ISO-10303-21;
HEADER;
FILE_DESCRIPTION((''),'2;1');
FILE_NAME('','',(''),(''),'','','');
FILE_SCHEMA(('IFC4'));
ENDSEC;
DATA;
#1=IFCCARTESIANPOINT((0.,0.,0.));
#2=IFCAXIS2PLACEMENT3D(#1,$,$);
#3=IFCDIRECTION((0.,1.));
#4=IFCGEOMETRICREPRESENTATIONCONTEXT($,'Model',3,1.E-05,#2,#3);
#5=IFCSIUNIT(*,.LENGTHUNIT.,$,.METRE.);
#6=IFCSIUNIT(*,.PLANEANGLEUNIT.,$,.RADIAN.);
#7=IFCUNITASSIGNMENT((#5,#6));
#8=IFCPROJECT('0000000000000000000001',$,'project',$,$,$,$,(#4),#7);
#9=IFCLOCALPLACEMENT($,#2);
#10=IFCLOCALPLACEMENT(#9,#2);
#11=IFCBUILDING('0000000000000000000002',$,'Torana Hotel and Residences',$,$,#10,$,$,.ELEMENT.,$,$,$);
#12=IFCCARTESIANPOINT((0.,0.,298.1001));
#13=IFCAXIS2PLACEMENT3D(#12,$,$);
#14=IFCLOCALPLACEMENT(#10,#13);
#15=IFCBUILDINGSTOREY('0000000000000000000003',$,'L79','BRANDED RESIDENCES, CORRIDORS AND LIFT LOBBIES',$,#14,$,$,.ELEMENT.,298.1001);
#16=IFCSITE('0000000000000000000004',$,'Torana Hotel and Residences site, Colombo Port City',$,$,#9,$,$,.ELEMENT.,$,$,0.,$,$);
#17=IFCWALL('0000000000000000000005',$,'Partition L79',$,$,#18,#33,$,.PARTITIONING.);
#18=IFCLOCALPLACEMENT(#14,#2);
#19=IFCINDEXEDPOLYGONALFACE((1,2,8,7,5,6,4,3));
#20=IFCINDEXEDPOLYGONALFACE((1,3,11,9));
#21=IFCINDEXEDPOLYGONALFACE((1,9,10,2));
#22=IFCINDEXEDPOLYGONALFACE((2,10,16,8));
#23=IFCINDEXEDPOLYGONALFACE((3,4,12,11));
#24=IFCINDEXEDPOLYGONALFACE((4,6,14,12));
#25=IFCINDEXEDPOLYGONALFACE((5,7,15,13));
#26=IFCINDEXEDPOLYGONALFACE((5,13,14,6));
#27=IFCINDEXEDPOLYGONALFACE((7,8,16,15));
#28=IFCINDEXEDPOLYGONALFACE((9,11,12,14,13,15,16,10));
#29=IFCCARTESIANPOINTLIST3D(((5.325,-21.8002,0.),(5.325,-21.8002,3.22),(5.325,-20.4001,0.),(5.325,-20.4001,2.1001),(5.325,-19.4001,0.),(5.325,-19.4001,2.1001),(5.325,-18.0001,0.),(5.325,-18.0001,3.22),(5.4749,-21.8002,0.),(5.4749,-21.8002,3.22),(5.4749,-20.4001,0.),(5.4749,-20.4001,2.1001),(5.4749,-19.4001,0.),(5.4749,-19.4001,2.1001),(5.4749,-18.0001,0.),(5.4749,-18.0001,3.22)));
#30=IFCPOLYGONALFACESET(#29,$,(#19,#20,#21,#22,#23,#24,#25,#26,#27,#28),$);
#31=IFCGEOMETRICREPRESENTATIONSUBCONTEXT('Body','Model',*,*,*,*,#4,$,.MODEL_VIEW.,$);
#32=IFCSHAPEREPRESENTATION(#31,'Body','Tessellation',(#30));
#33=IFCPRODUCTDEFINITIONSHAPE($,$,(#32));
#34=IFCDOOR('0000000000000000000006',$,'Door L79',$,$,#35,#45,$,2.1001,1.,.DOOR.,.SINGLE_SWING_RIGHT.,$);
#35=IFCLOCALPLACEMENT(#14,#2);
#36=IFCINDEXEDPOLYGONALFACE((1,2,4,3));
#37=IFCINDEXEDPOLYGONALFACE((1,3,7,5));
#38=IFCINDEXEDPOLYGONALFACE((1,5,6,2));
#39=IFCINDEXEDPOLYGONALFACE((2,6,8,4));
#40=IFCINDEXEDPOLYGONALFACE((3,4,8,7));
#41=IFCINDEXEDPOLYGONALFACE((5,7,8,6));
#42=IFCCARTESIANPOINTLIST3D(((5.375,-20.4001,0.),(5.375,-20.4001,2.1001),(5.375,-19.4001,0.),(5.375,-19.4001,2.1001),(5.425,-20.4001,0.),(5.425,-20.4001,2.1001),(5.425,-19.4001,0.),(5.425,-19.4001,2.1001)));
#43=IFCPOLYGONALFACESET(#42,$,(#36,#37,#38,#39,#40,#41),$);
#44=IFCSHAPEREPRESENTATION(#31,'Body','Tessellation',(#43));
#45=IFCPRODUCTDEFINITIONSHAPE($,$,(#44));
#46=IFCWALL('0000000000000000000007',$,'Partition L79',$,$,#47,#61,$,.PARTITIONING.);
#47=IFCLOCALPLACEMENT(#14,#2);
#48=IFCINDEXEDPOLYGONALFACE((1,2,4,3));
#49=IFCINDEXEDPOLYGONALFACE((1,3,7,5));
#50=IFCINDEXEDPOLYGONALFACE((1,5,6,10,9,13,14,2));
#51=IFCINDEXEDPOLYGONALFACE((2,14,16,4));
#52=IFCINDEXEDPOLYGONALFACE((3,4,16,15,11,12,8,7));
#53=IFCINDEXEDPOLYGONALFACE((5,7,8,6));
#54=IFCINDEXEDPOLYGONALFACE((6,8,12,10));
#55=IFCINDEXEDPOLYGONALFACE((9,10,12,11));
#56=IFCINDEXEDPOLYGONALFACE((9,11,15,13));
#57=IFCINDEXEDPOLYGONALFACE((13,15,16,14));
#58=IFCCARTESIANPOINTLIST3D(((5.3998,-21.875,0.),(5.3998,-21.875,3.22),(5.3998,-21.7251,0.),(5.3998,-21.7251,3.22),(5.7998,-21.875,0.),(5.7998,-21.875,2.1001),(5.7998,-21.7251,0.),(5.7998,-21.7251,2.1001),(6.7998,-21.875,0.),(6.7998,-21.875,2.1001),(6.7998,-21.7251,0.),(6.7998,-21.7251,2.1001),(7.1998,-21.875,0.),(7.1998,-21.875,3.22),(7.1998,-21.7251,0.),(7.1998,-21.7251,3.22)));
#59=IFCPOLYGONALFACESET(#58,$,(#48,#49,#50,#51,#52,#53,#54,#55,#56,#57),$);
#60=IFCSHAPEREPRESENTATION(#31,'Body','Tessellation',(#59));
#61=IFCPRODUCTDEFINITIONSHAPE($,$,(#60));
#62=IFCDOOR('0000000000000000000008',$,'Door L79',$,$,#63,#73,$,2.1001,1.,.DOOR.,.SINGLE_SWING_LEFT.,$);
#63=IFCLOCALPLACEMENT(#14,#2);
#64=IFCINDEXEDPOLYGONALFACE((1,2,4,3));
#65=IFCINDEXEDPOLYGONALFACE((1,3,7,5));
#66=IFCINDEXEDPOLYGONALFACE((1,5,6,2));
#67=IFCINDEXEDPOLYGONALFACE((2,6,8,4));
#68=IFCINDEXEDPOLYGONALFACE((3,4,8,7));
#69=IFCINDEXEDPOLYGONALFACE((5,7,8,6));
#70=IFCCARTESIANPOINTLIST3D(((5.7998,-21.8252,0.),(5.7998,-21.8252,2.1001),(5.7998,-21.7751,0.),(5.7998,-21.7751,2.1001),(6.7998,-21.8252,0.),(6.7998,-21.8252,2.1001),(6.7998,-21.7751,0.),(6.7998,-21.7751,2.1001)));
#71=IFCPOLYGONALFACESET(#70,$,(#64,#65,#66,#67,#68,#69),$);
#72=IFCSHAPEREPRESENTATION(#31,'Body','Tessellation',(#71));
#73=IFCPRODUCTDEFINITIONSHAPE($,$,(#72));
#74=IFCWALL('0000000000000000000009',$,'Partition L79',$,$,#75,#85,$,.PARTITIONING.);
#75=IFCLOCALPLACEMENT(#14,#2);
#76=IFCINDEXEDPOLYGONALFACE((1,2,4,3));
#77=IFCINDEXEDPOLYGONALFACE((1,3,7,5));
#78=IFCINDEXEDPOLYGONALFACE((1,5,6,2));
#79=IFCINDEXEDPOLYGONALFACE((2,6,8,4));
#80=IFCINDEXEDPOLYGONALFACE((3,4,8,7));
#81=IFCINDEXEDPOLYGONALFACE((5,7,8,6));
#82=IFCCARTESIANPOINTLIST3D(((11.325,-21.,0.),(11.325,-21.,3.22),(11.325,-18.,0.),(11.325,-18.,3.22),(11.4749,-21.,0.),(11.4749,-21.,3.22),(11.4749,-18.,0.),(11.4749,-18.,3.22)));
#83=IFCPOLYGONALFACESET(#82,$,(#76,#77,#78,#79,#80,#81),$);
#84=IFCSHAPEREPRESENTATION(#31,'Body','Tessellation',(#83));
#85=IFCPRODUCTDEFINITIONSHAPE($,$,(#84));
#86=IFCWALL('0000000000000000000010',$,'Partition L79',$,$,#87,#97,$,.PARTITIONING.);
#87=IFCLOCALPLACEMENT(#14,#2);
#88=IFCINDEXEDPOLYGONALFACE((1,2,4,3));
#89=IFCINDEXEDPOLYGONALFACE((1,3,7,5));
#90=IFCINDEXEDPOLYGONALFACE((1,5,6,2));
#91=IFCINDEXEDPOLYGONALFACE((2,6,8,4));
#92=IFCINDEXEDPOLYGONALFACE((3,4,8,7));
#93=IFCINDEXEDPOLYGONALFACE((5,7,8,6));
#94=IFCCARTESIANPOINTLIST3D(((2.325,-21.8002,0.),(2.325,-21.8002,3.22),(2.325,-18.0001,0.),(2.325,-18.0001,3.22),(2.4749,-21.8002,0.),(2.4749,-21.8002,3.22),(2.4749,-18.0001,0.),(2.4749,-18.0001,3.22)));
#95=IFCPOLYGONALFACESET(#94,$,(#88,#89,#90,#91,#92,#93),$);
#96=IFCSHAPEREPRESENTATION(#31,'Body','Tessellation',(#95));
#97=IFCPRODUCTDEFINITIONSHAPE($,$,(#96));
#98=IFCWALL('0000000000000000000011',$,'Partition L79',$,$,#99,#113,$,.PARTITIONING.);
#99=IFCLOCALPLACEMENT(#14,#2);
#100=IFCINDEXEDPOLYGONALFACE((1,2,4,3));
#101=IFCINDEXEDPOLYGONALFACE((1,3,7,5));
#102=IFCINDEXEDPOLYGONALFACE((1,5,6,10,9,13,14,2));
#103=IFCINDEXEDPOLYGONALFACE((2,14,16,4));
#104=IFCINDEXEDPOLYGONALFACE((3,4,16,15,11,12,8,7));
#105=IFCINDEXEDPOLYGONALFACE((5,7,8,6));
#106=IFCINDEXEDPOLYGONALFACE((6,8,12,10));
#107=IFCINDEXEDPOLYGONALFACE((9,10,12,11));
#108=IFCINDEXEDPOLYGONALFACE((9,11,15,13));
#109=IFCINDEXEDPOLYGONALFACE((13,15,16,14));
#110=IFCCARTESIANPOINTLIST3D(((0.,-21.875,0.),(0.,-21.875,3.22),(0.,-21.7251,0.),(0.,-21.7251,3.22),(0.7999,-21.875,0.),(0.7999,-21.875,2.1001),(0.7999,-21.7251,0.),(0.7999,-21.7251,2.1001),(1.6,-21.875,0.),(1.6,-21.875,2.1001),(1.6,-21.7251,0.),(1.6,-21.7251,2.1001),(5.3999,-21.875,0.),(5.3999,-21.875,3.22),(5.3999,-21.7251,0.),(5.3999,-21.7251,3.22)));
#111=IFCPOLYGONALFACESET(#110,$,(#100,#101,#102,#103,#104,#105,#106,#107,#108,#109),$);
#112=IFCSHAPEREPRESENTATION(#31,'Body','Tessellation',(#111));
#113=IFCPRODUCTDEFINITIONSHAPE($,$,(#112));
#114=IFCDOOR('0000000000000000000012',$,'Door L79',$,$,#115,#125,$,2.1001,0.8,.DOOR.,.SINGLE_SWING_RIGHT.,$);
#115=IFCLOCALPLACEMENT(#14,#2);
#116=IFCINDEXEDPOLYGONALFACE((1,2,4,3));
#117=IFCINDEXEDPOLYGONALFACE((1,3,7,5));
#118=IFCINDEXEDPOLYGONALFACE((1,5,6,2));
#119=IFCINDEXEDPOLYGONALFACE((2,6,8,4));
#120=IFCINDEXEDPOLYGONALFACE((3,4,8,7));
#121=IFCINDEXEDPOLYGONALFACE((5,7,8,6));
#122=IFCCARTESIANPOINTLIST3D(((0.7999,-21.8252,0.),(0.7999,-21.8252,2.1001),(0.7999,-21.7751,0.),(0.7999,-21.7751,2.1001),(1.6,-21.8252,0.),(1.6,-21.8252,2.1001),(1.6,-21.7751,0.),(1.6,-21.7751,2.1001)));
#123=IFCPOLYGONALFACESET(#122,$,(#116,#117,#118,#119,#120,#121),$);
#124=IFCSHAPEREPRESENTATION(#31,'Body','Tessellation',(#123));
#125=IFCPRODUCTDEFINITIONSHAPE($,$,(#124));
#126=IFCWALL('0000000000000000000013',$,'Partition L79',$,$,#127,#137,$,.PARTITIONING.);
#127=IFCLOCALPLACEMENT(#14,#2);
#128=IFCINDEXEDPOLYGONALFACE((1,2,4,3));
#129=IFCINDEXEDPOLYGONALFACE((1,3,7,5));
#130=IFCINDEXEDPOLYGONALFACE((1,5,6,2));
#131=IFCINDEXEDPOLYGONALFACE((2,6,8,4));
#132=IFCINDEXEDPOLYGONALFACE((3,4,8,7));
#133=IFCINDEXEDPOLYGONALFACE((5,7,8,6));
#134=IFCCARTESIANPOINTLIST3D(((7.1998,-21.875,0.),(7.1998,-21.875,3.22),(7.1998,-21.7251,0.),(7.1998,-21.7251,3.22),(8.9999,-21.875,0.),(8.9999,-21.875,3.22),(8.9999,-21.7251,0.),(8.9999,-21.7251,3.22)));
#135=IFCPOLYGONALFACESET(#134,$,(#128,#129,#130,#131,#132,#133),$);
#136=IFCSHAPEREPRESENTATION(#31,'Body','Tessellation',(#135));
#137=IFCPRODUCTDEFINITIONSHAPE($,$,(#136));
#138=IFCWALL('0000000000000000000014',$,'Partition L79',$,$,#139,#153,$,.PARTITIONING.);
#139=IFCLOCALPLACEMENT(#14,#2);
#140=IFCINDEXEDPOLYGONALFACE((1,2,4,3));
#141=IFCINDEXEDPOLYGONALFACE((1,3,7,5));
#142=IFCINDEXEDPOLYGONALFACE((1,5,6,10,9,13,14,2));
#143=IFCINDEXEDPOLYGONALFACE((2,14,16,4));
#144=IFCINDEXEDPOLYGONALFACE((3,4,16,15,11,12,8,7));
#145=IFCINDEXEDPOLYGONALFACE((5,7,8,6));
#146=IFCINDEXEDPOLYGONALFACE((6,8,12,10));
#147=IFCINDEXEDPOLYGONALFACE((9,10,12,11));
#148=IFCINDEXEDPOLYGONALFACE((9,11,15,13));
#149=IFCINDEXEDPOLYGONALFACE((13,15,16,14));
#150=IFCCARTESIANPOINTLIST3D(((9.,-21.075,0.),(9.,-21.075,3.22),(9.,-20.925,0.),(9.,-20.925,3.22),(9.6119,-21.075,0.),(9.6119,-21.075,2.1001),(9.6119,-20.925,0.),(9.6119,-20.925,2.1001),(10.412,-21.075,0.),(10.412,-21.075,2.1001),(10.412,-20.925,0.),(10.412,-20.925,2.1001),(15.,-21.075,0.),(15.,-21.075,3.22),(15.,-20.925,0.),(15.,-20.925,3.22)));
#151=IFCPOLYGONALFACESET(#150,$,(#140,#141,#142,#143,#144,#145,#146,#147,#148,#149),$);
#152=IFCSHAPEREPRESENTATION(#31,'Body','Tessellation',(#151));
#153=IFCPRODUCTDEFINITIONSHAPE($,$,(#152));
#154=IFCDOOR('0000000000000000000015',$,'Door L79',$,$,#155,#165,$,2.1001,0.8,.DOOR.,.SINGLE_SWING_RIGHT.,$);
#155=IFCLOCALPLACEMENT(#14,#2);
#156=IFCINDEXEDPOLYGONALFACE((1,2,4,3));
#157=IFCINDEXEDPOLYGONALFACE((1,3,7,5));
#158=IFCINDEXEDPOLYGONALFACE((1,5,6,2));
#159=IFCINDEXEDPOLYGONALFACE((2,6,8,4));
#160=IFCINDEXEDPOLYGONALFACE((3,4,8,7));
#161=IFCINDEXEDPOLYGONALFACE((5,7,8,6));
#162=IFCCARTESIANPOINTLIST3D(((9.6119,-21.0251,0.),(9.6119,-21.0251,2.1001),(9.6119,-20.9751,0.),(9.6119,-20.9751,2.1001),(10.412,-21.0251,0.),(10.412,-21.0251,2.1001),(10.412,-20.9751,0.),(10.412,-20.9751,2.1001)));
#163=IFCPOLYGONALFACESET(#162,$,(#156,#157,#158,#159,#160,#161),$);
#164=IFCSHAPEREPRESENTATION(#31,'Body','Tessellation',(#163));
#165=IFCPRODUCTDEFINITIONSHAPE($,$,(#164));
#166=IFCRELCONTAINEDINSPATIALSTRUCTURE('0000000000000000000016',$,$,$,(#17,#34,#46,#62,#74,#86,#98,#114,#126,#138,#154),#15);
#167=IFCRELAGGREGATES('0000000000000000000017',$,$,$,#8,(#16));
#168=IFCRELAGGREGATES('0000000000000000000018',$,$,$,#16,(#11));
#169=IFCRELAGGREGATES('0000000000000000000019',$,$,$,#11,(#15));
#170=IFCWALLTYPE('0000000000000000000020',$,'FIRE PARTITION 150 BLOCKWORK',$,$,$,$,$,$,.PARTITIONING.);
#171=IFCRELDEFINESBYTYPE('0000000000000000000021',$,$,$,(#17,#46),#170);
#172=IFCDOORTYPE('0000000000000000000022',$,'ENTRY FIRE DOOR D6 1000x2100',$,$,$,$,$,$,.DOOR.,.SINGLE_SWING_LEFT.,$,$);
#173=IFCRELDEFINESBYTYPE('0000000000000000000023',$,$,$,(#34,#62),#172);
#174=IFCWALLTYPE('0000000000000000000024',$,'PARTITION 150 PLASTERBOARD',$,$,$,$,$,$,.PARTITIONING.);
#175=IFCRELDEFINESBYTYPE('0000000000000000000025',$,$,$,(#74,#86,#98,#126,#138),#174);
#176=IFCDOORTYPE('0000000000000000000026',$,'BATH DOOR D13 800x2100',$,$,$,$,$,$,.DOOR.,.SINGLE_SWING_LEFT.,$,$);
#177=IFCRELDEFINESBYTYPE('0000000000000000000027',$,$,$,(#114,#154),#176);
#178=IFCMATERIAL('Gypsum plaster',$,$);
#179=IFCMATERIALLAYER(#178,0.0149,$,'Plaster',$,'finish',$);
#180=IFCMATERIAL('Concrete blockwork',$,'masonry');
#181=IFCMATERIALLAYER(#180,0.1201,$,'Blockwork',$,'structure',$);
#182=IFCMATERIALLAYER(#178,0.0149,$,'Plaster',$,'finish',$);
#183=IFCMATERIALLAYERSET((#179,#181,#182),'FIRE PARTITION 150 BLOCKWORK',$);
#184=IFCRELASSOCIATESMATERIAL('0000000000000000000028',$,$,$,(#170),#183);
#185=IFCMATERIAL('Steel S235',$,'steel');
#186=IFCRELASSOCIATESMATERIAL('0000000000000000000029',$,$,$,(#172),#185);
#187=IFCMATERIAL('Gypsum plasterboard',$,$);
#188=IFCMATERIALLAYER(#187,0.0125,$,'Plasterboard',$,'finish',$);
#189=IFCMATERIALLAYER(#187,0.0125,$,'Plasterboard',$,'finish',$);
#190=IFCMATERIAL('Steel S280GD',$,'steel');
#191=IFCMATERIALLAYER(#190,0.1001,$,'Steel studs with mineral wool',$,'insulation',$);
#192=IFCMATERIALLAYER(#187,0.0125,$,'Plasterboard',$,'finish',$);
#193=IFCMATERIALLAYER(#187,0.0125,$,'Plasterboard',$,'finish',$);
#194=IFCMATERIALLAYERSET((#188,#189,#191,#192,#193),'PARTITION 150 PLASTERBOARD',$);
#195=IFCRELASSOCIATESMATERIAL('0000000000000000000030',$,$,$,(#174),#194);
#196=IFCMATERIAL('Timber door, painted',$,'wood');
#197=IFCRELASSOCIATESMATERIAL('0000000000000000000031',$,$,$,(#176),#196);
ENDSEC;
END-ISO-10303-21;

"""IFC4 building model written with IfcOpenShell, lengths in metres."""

from ifc_helpers import new_model, si_unit, direction, frame, frame_2d, origin, place, context, subcontext, project, spatial, rectangle, extrude, material, layer, layer_set, type_object, element, fill, save


model = new_model("IFC4")

# Units and contexts
model_context = context("Model", 3, precision=1e-05, world=origin(), true_north=direction((0.0, 1.0)))
body_context = subcontext(model_context, "Body", "Model", "MODEL_VIEW")
ifc_project = project(units=[si_unit("LENGTHUNIT", "METRE"), si_unit("PLANEANGLEUNIT", "RADIAN")], contexts=[model_context])

# Site, building, storey
site_placement = place(None, origin())
site = spatial("IfcSite", under=ifc_project, at=site_placement, Name="Torana Hotel and Residences site, Colombo Port City", CompositionType="ELEMENT", RefElevation=0.0)
building_placement = place(site_placement, origin())
building = spatial("IfcBuilding", under=site, at=building_placement, Name="Torana Hotel and Residences", CompositionType="ELEMENT")
storey_placement = place(building_placement, frame((0.0, 0.0, 298.1001)))
storey = spatial("IfcBuildingStorey", under=building, at=storey_placement, Name="L79", Description="BRANDED RESIDENCES, CORRIDORS AND LIFT LOBBIES", CompositionType="ELEMENT", Elevation=298.1001)

# Shared definitions
ifc_material_1 = material(Name="Gypsum plaster")
ifc_layer_1 = layer(ifc_material_1, 0.0149, Name="Plaster", Category="finish")
ifc_material_2 = material(Name="Concrete blockwork", Category="masonry")
ifc_layer_2 = layer(ifc_material_2, 0.1201, Name="Blockwork", Category="structure")
ifc_layer_3 = layer(ifc_material_1, 0.0149, Name="Plaster", Category="finish")
ifc_layer_set_1 = layer_set([ifc_layer_1, ifc_layer_2, ifc_layer_3], Name="FIRE PARTITION 150 BLOCKWORK")
wall_type_1 = type_object("IfcWallType", Name="FIRE PARTITION 150 BLOCKWORK", PredefinedType="PARTITIONING", material=ifc_layer_set_1)
ifc_material_3 = material(Name="Steel S235", Category="steel")
door_type_1 = type_object("IfcDoorType", Name="ENTRY FIRE DOOR D6 1000x2100", OperationType="SINGLE_SWING_LEFT", PredefinedType="DOOR", material=ifc_material_3)

# Walls, openings, doors
wall_1_placement = place(storey_placement, frame((5.3999, -21.8, 0.0), z_axis=(0.0, 0.0, 1.0), x_axis=(0.0, 1.0, 0.0)))
wall_1 = element("IfcWall", 1, at=wall_1_placement, inside=storey, type_object=wall_type_1, Name="Partition L79", PredefinedType="PARTITIONING", context=body_context, shape_type="SweptSolid", body=[
    extrude(rectangle(XDim=3.8, YDim=0.1499, at=frame_2d((1.8999, 0.0))), origin(), (0.0, 0.0, 1.0), 3.22),
])
opening_1_placement = place(wall_1_placement, frame((1.3999, 0.0, 0.0)))
opening_1 = element("IfcOpeningElement", 2, at=opening_1_placement, cuts=wall_1, PredefinedType="OPENING", context=body_context, shape_type="SweptSolid", body=[
    extrude(rectangle(XDim=1.0, YDim=2.1001, at=frame_2d((0.5, 1.05))), frame((0.0, 0.085, 0.0), z_axis=(0.0, -1.0, 0.0), x_axis=(1.0, 0.0, 0.0)), (0.0, 0.0, 1.0), 0.1699),
])
door_1_placement = place(opening_1_placement, origin())
door_1 = element("IfcDoor", 3, at=door_1_placement, inside=storey, type_object=door_type_1, Name="Door L79", OperationType="SINGLE_SWING_RIGHT", OverallHeight=2.1001, OverallWidth=1.0, PredefinedType="DOOR", context=body_context, shape_type="SweptSolid", body=[
    extrude(rectangle(XDim=1.0, YDim=2.1001, at=frame_2d((0.5, 1.05))), frame((0.0, 0.0249, 0.0), z_axis=(0.0, -1.0, 0.0), x_axis=(1.0, 0.0, 0.0)), (0.0, 0.0, 1.0), 0.05),
])
fill(opening_1, door_1)
wall_2_placement = place(storey_placement, frame((5.3999, -21.8, 0.0), z_axis=(0.0, 0.0, 1.0), x_axis=(1.0, 0.0, 0.0)))
wall_2 = element("IfcWall", 4, at=wall_2_placement, inside=storey, type_object=wall_type_1, Name="Partition L79", PredefinedType="PARTITIONING", context=body_context, shape_type="SweptSolid", body=[
    extrude(rectangle(XDim=1.8, YDim=0.1499, at=frame_2d((0.8999, 0.0))), origin(), (0.0, 0.0, 1.0), 3.22),
])
opening_2_placement = place(wall_2_placement, frame((0.3999, 0.0, 0.0)))
opening_2 = element("IfcOpeningElement", 5, at=opening_2_placement, cuts=wall_2, PredefinedType="OPENING", context=body_context, shape_type="SweptSolid", body=[
    extrude(rectangle(XDim=1.0, YDim=2.1001, at=frame_2d((0.5, 1.05))), frame((0.0, 0.085, 0.0), z_axis=(0.0, -1.0, 0.0), x_axis=(1.0, 0.0, 0.0)), (0.0, 0.0, 1.0), 0.1699),
])
door_2_placement = place(opening_2_placement, frame((0.5, 0.0, 0.0), z_axis=(0.0, 0.0, 1.0), x_axis=(-1.0, 0.0, 0.0)))
door_2 = element("IfcDoor", 6, at=door_2_placement, inside=storey, type_object=door_type_1, Name="Door L79", OperationType="SINGLE_SWING_LEFT", OverallHeight=2.1001, OverallWidth=1.0, PredefinedType="DOOR", context=body_context, shape_type="SweptSolid", body=[
    extrude(rectangle(XDim=1.0, YDim=2.1001, at=frame_2d((0.0, 1.05))), frame((0.0, -0.0249, 0.0), z_axis=(0.0, 1.0, 0.0), x_axis=(-1.0, 0.0, 0.0)), (0.0, 0.0, 1.0), 0.05),
])
fill(opening_2, door_2)

# Walls
ifc_material_4 = material(Name="Gypsum plasterboard")
ifc_layer_4 = layer(ifc_material_4, 0.0125, Name="Plasterboard", Category="finish")
ifc_layer_5 = layer(ifc_material_4, 0.0125, Name="Plasterboard", Category="finish")
ifc_material_5 = material(Name="Steel S280GD", Category="steel")
ifc_layer_6 = layer(ifc_material_5, 0.1001, Name="Steel studs with mineral wool", Category="insulation")
ifc_layer_7 = layer(ifc_material_4, 0.0125, Name="Plasterboard", Category="finish")
ifc_layer_8 = layer(ifc_material_4, 0.0125, Name="Plasterboard", Category="finish")
ifc_layer_set_2 = layer_set([ifc_layer_4, ifc_layer_5, ifc_layer_6, ifc_layer_7, ifc_layer_8], Name="PARTITION 150 PLASTERBOARD")
wall_type_2 = type_object("IfcWallType", Name="PARTITION 150 PLASTERBOARD", PredefinedType="PARTITIONING", material=ifc_layer_set_2)
wall_3_placement = place(storey_placement, frame((11.3999, -21.0, 0.0), z_axis=(0.0, 0.0, 1.0), x_axis=(0.0, 1.0, 0.0)))
element("IfcWall", 7, at=wall_3_placement, inside=storey, type_object=wall_type_2, Name="Partition L79", PredefinedType="PARTITIONING", context=body_context, shape_type="SweptSolid", body=[
    extrude(rectangle(XDim=3.0, YDim=0.1499, at=frame_2d((1.5, 0.0))), origin(), (0.0, 0.0, 1.0), 3.22),
])
wall_4_placement = place(storey_placement, frame((2.3999, -21.8, 0.0), z_axis=(0.0, 0.0, 1.0), x_axis=(0.0, 1.0, 0.0)))
element("IfcWall", 8, at=wall_4_placement, inside=storey, type_object=wall_type_2, Name="Partition L79", PredefinedType="PARTITIONING", context=body_context, shape_type="SweptSolid", body=[
    extrude(rectangle(XDim=3.8, YDim=0.1499, at=frame_2d((1.8999, 0.0))), origin(), (0.0, 0.0, 1.0), 3.22),
])

# Wall, opening, door
wall_5_placement = place(storey_placement, frame((0.0, -21.8, 0.0), z_axis=(0.0, 0.0, 1.0), x_axis=(1.0, 0.0, 0.0)))
wall_5 = element("IfcWall", 9, at=wall_5_placement, inside=storey, type_object=wall_type_2, Name="Partition L79", PredefinedType="PARTITIONING", context=body_context, shape_type="SweptSolid", body=[
    extrude(rectangle(XDim=5.3999, YDim=0.1499, at=frame_2d((2.7, 0.0))), origin(), (0.0, 0.0, 1.0), 3.22),
])
opening_3_placement = place(wall_5_placement, frame((0.8, 0.0, 0.0)))
opening_3 = element("IfcOpeningElement", 10, at=opening_3_placement, cuts=wall_5, PredefinedType="OPENING", context=body_context, shape_type="SweptSolid", body=[
    extrude(rectangle(XDim=0.8, YDim=2.1001, at=frame_2d((0.3999, 1.05))), frame((0.0, 0.085, 0.0), z_axis=(0.0, -1.0, 0.0), x_axis=(1.0, 0.0, 0.0)), (0.0, 0.0, 1.0), 0.1699),
])
ifc_material_6 = material(Name="Timber door, painted", Category="wood")
door_type_2 = type_object("IfcDoorType", Name="BATH DOOR D13 800x2100", OperationType="SINGLE_SWING_LEFT", PredefinedType="DOOR", material=ifc_material_6)
door_3_placement = place(opening_3_placement, origin())
door_3 = element("IfcDoor", 11, at=door_3_placement, inside=storey, type_object=door_type_2, Name="Door L79", OperationType="SINGLE_SWING_RIGHT", OverallHeight=2.1001, OverallWidth=0.8, PredefinedType="DOOR", context=body_context, shape_type="SweptSolid", body=[
    extrude(rectangle(XDim=0.8, YDim=2.1001, at=frame_2d((0.3999, 1.05))), frame((0.0, 0.0249, 0.0), z_axis=(0.0, -1.0, 0.0), x_axis=(1.0, 0.0, 0.0)), (0.0, 0.0, 1.0), 0.05),
])
fill(opening_3, door_3)

# Wall
wall_6_placement = place(storey_placement, frame((7.2, -21.8, 0.0), z_axis=(0.0, 0.0, 1.0), x_axis=(1.0, 0.0, 0.0)))
element("IfcWall", 12, at=wall_6_placement, inside=storey, type_object=wall_type_2, Name="Partition L79", PredefinedType="PARTITIONING", context=body_context, shape_type="SweptSolid", body=[
    extrude(rectangle(XDim=1.8, YDim=0.1499, at=frame_2d((0.8999, 0.0))), origin(), (0.0, 0.0, 1.0), 3.22),
])

# Wall, opening, door
wall_7_placement = place(storey_placement, frame((9.0, -21.0, 0.0), z_axis=(0.0, 0.0, 1.0), x_axis=(1.0, 0.0, 0.0)))
wall_7 = element("IfcWall", 13, at=wall_7_placement, inside=storey, type_object=wall_type_2, Name="Partition L79", PredefinedType="PARTITIONING", context=body_context, shape_type="SweptSolid", body=[
    extrude(rectangle(XDim=6.0, YDim=0.1499, at=frame_2d((3.0, 0.0))), origin(), (0.0, 0.0, 1.0), 3.22),
])
opening_4_placement = place(wall_7_placement, frame((0.6121, 0.0, 0.0)))
opening_4 = element("IfcOpeningElement", 14, at=opening_4_placement, cuts=wall_7, PredefinedType="OPENING", context=body_context, shape_type="SweptSolid", body=[
    extrude(rectangle(XDim=0.8, YDim=2.1001, at=frame_2d((0.3999, 1.05))), frame((0.0, 0.085, 0.0), z_axis=(0.0, -1.0, 0.0), x_axis=(1.0, 0.0, 0.0)), (0.0, 0.0, 1.0), 0.1699),
])
door_4_placement = place(opening_4_placement, origin())
door_4 = element("IfcDoor", 15, at=door_4_placement, inside=storey, type_object=door_type_2, Name="Door L79", OperationType="SINGLE_SWING_RIGHT", OverallHeight=2.1001, OverallWidth=0.8, PredefinedType="DOOR", context=body_context, shape_type="SweptSolid", body=[
    extrude(rectangle(XDim=0.8, YDim=2.1001, at=frame_2d((0.3999, 1.05))), frame((0.0, 0.0249, 0.0), z_axis=(0.0, -1.0, 0.0), x_axis=(1.0, 0.0, 0.0)), (0.0, 0.0, 1.0), 0.05),
])
fill(opening_4, door_4)

save(model, "model.ifc")
